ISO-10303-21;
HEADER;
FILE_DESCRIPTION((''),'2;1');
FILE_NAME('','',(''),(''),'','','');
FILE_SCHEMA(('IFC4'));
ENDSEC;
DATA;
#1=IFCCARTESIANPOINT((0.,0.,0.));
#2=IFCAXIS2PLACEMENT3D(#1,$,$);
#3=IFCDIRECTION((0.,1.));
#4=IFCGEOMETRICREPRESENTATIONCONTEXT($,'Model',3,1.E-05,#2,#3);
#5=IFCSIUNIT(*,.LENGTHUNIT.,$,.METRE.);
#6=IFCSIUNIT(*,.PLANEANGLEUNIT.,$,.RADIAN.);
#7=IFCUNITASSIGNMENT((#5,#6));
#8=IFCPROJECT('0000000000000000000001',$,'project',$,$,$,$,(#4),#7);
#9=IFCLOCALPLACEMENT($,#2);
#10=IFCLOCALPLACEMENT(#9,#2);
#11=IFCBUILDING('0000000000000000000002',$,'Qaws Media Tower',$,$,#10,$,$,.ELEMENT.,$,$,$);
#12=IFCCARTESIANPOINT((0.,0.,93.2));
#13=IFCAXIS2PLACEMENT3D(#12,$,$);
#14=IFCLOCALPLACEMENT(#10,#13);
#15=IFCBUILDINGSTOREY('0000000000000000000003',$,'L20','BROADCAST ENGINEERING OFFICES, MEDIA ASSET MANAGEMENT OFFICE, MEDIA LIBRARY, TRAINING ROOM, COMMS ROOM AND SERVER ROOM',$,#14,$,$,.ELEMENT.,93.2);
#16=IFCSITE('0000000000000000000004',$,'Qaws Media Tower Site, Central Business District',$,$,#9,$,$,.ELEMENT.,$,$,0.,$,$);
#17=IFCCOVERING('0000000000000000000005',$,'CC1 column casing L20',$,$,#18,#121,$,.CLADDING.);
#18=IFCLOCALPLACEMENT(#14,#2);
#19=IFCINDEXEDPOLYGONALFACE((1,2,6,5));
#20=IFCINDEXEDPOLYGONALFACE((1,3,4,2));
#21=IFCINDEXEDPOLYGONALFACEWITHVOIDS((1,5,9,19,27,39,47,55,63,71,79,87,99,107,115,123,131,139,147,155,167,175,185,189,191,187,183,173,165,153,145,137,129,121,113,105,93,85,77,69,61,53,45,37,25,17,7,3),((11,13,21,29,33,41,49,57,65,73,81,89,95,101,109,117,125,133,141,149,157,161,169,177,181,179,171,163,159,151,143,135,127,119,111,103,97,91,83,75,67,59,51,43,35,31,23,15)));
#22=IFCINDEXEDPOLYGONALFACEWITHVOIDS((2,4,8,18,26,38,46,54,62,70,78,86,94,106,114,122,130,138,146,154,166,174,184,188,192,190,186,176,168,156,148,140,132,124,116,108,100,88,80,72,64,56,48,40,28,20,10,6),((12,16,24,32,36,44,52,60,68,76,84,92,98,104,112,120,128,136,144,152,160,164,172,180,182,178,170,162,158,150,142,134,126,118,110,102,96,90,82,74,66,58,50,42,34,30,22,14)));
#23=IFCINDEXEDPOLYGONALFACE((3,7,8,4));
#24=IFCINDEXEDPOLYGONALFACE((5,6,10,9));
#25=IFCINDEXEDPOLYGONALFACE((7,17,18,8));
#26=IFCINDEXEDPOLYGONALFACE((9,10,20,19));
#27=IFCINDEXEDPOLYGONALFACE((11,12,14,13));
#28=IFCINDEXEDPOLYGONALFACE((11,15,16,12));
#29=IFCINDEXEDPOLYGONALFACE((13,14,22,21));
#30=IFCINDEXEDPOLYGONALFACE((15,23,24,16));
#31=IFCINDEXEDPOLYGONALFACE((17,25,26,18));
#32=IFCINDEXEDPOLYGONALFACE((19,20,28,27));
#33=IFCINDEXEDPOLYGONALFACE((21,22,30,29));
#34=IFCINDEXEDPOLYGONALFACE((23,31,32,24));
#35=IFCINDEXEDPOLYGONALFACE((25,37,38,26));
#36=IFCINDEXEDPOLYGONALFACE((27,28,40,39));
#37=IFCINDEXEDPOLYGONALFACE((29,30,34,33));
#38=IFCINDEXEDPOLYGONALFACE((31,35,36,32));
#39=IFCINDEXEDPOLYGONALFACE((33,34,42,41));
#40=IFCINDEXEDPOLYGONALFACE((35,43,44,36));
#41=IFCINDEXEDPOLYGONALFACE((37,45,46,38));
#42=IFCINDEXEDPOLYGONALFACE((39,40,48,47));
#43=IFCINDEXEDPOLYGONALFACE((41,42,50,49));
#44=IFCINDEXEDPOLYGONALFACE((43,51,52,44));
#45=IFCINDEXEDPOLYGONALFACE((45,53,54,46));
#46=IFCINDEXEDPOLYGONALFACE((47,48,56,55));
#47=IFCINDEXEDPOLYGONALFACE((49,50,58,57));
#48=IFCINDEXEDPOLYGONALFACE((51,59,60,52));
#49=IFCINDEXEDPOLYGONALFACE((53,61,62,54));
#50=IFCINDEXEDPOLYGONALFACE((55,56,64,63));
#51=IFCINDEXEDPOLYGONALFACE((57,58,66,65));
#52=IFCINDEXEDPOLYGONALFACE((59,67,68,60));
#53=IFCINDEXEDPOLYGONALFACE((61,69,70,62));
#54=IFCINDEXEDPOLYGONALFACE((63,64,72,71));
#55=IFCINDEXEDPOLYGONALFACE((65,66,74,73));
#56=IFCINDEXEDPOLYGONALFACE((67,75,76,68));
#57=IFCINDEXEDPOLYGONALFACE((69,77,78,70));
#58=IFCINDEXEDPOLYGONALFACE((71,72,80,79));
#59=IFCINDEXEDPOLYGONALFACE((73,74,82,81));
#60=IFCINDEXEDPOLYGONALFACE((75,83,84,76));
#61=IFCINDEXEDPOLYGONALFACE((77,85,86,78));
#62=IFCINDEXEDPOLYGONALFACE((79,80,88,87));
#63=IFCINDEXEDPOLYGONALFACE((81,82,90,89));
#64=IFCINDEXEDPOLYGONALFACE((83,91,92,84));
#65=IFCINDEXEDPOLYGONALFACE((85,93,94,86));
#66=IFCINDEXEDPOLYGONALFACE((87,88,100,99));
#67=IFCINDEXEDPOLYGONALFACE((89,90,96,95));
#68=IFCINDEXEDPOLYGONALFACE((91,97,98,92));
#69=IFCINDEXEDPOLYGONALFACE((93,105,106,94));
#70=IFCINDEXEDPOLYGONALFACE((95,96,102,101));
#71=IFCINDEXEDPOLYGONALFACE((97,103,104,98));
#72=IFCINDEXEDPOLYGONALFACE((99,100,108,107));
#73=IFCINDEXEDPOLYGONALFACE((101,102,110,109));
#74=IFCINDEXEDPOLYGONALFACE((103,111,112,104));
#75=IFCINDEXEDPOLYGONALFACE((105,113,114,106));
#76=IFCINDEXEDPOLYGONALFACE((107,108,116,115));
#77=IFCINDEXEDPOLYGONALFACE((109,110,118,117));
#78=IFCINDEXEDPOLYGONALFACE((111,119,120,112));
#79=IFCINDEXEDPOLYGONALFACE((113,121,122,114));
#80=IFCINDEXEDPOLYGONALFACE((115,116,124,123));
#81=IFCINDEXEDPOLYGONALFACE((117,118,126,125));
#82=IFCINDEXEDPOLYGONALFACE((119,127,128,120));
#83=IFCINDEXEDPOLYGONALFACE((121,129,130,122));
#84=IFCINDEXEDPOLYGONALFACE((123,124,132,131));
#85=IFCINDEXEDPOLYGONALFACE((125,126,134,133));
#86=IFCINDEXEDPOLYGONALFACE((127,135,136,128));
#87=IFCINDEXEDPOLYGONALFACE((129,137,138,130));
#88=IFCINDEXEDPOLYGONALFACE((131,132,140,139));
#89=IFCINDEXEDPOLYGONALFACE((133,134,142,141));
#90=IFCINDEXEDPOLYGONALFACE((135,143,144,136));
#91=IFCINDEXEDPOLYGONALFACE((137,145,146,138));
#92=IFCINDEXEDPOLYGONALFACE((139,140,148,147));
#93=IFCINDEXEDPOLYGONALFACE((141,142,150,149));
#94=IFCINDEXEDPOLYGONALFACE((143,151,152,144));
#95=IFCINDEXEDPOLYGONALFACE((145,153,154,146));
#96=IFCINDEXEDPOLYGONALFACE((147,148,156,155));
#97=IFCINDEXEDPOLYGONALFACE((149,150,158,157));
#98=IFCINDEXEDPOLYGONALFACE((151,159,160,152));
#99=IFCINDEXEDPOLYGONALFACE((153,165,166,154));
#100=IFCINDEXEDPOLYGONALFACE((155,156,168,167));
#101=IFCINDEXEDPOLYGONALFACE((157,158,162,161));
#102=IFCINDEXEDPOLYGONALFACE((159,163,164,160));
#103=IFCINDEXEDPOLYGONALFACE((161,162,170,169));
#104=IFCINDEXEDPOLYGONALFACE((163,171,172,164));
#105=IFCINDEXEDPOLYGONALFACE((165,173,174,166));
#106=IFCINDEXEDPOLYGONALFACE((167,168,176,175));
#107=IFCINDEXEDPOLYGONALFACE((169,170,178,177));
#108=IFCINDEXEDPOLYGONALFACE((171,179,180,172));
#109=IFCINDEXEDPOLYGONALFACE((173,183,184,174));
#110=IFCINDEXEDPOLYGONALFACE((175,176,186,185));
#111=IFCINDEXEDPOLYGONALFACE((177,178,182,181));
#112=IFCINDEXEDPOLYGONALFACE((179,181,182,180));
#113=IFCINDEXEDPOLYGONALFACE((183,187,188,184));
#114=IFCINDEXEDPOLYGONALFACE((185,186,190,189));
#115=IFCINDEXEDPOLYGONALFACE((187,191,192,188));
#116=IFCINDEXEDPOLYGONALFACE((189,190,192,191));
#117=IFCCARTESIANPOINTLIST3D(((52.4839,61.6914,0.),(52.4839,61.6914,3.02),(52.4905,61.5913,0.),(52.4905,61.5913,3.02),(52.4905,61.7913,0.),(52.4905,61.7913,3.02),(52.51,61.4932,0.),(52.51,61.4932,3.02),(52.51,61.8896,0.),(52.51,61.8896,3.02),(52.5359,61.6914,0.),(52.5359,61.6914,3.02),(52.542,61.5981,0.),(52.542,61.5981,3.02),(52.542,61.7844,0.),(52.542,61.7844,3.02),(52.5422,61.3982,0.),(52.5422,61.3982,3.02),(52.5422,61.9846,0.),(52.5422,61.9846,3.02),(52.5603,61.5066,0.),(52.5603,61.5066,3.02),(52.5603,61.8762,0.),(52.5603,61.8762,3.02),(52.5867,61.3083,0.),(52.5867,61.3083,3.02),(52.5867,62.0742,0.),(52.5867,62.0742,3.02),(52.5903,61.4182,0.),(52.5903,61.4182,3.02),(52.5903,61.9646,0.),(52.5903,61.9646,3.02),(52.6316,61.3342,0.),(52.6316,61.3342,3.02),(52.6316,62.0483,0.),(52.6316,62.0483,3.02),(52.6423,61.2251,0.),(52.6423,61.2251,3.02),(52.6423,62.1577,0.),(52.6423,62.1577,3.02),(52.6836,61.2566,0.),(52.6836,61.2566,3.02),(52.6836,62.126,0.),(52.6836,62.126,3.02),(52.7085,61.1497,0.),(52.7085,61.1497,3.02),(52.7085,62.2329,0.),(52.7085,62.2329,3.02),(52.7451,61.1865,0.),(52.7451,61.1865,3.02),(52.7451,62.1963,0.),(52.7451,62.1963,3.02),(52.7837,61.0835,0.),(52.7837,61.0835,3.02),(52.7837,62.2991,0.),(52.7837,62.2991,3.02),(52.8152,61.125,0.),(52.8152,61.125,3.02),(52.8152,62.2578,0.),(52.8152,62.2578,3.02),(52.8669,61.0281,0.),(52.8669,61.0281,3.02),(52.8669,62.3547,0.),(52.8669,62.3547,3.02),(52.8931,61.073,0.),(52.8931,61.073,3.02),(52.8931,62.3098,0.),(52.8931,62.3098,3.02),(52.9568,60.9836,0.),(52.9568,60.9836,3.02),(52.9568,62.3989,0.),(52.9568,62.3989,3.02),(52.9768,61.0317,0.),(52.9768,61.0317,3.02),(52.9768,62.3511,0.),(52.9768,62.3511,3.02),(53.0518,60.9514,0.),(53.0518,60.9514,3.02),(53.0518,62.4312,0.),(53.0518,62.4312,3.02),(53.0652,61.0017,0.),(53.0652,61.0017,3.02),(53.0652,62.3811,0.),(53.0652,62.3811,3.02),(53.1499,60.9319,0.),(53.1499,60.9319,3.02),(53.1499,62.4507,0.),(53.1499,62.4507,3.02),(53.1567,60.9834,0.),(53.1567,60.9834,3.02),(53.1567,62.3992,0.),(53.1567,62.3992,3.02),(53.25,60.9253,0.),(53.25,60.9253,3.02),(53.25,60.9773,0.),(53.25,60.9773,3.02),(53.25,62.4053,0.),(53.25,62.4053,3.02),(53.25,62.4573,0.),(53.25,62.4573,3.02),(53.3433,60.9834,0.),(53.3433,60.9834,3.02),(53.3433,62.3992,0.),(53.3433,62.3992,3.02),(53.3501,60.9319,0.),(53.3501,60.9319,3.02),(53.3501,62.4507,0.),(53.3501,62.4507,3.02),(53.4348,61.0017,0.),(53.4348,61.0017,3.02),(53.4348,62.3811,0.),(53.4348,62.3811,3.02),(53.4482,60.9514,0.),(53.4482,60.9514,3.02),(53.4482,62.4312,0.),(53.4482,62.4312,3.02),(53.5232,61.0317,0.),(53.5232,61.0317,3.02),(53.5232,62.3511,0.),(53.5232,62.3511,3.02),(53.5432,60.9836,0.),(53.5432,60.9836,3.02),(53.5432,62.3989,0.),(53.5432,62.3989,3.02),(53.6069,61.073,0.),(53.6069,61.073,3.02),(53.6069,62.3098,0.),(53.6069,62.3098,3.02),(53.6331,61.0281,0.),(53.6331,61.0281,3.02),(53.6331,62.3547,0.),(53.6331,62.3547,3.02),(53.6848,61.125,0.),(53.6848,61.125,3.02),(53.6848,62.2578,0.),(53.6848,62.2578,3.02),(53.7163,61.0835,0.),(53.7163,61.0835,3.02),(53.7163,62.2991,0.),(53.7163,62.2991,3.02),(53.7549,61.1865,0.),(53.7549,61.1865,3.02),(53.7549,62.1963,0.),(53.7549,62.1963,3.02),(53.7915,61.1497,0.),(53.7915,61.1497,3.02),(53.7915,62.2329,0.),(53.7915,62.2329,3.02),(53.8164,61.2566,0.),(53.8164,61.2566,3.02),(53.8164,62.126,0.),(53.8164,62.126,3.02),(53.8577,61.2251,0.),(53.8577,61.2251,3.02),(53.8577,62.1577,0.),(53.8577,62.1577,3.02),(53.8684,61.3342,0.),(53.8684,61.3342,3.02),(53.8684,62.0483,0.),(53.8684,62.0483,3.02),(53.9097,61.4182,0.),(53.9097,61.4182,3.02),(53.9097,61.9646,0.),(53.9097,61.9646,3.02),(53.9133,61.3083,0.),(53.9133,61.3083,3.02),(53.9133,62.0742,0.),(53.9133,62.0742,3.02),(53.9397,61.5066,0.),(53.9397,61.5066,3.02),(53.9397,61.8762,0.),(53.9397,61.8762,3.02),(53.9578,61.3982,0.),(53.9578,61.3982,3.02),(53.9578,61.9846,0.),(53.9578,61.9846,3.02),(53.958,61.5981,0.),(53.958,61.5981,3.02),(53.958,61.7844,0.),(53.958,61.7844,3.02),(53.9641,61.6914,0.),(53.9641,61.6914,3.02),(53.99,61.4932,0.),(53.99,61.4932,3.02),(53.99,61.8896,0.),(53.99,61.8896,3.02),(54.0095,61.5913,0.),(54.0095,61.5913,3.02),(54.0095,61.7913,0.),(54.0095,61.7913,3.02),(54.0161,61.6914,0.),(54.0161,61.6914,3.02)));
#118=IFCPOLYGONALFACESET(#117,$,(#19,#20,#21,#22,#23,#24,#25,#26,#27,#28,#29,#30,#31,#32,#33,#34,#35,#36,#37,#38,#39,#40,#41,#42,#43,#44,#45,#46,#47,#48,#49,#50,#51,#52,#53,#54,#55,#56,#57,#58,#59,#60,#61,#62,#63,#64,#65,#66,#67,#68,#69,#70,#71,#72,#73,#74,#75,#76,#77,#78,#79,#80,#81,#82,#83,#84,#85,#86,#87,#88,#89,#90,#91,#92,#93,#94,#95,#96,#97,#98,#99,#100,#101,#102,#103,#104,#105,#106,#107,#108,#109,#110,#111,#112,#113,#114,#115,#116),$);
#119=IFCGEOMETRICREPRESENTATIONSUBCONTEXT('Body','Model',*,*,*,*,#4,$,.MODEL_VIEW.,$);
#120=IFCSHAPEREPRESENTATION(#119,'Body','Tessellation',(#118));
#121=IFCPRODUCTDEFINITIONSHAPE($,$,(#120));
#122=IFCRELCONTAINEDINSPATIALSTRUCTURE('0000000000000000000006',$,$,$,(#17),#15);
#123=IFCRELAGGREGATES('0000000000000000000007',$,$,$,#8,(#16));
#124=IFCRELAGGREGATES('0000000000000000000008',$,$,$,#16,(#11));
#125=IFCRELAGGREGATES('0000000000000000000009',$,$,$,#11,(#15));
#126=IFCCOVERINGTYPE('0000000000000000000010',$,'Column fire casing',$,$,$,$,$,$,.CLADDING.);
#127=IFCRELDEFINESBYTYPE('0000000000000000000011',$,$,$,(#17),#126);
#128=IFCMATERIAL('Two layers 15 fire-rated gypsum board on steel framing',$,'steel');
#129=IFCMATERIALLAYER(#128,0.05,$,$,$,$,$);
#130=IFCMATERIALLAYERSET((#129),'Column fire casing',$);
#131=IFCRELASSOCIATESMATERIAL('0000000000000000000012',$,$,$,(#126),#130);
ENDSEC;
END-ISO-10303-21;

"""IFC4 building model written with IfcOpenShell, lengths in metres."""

from ifc_helpers import new_model, si_unit, direction, frame, origin, place, context, subcontext, project, spatial, polyline, outline, extrude, material, layer, layer_set, type_object, element, save


model = new_model("IFC4")

# Units and contexts
model_context = context("Model", 3, precision=1e-05, world=origin(), true_north=direction((0.0, 1.0)))
body_context = subcontext(model_context, "Body", "Model", "MODEL_VIEW")
ifc_project = project(units=[si_unit("LENGTHUNIT", "METRE"), si_unit("PLANEANGLEUNIT", "RADIAN")], contexts=[model_context])

# Site, building, storey
site_placement = place(None, origin())
site = spatial("IfcSite", under=ifc_project, at=site_placement, Name="Qaws Media Tower Site, Central Business District", CompositionType="ELEMENT", RefElevation=0.0)
building_placement = place(site_placement, origin())
building = spatial("IfcBuilding", under=site, at=building_placement, Name="Qaws Media Tower", CompositionType="ELEMENT")
storey_placement = place(building_placement, frame((0.0, 0.0, 93.2)))
storey = spatial("IfcBuildingStorey", under=building, at=storey_placement, Name="L20", Description="BROADCAST ENGINEERING OFFICES, MEDIA ASSET MANAGEMENT OFFICE, MEDIA LIBRARY, TRAINING ROOM, COMMS ROOM AND SERVER ROOM", CompositionType="ELEMENT", Elevation=93.2)

# Covering
ifc_material_1 = material(Name="Two layers 15 fire-rated gypsum board on steel framing", Category="steel")
ifc_layer_1 = layer(ifc_material_1, 0.05)
ifc_layer_set_1 = layer_set([ifc_layer_1], Name="Column fire casing")
covering_type = type_object("IfcCoveringType", Name="Column fire casing", PredefinedType="CLADDING", material=ifc_layer_set_1)
covering_placement = place(storey_placement, origin())
element("IfcCovering", 1, at=covering_placement, inside=storey, type_object=covering_type, Name="CC1 column casing L20", PredefinedType="CLADDING", context=body_context, shape_type="SweptSolid", body=[
    extrude(outline(polyline([(54.0161, 61.6914), (54.0095, 61.5913), (53.99, 61.4932), (53.9578, 61.3982), (53.9133, 61.3083), (53.8577, 61.2251), (53.7915, 61.1497), (53.7163, 61.0835), (53.6331, 61.0281), (53.5432, 60.9836), (53.4482, 60.9514), (53.3501, 60.9319), (53.25, 60.9253), (53.1499, 60.9319), (53.0518, 60.9514), (52.9568, 60.9836), (52.8669, 61.0281), (52.7837, 61.0835), (52.7085, 61.1497), (52.6423, 61.2251), (52.5867, 61.3083), (52.5422, 61.3982), (52.51, 61.4932), (52.4905, 61.5913), (52.4839, 61.6914), (52.4905, 61.7913), (52.51, 61.8896), (52.5422, 61.9846), (52.5867, 62.0742), (52.6423, 62.1577), (52.7085, 62.2329), (52.7837, 62.2991), (52.8669, 62.3547), (52.9568, 62.3989), (53.0518, 62.4312), (53.1499, 62.4507), (53.25, 62.4573), (53.3501, 62.4507), (53.4482, 62.4312), (53.5432, 62.3989), (53.6331, 62.3547), (53.7163, 62.2991), (53.7915, 62.2329), (53.8577, 62.1577), (53.9133, 62.0742), (53.9578, 61.9846), (53.99, 61.8896), (54.0095, 61.7913), (54.0161, 61.6914)]), holes=[polyline([(53.9641, 61.6914), (53.958, 61.5981), (53.9397, 61.5066), (53.9097, 61.4182), (53.8684, 61.3342), (53.8164, 61.2566), (53.7549, 61.1865), (53.6848, 61.125), (53.6069, 61.073), (53.5232, 61.0317), (53.4348, 61.0017), (53.3433, 60.9834), (53.25, 60.9773), (53.1567, 60.9834), (53.0652, 61.0017), (52.9768, 61.0317), (52.8931, 61.073), (52.8152, 61.125), (52.7451, 61.1865), (52.6836, 61.2566), (52.6316, 61.3342), (52.5903, 61.4182), (52.5603, 61.5066), (52.542, 61.5981), (52.5359, 61.6914), (52.542, 61.7844), (52.5603, 61.8762), (52.5903, 61.9646), (52.6316, 62.0483), (52.6836, 62.126), (52.7451, 62.1963), (52.8152, 62.2578), (52.8931, 62.3098), (52.9768, 62.3511), (53.0652, 62.3811), (53.1567, 62.3992), (53.25, 62.4053), (53.3433, 62.3992), (53.4348, 62.3811), (53.5232, 62.3511), (53.6069, 62.3098), (53.6848, 62.2578), (53.7549, 62.1963), (53.8164, 62.126), (53.8684, 62.0483), (53.9097, 61.9646), (53.9397, 61.8762), (53.958, 61.7844), (53.9641, 61.6914)])]), origin(), (0.0, 0.0, 1.0), 3.02),
])

save(model, "model.ifc")
